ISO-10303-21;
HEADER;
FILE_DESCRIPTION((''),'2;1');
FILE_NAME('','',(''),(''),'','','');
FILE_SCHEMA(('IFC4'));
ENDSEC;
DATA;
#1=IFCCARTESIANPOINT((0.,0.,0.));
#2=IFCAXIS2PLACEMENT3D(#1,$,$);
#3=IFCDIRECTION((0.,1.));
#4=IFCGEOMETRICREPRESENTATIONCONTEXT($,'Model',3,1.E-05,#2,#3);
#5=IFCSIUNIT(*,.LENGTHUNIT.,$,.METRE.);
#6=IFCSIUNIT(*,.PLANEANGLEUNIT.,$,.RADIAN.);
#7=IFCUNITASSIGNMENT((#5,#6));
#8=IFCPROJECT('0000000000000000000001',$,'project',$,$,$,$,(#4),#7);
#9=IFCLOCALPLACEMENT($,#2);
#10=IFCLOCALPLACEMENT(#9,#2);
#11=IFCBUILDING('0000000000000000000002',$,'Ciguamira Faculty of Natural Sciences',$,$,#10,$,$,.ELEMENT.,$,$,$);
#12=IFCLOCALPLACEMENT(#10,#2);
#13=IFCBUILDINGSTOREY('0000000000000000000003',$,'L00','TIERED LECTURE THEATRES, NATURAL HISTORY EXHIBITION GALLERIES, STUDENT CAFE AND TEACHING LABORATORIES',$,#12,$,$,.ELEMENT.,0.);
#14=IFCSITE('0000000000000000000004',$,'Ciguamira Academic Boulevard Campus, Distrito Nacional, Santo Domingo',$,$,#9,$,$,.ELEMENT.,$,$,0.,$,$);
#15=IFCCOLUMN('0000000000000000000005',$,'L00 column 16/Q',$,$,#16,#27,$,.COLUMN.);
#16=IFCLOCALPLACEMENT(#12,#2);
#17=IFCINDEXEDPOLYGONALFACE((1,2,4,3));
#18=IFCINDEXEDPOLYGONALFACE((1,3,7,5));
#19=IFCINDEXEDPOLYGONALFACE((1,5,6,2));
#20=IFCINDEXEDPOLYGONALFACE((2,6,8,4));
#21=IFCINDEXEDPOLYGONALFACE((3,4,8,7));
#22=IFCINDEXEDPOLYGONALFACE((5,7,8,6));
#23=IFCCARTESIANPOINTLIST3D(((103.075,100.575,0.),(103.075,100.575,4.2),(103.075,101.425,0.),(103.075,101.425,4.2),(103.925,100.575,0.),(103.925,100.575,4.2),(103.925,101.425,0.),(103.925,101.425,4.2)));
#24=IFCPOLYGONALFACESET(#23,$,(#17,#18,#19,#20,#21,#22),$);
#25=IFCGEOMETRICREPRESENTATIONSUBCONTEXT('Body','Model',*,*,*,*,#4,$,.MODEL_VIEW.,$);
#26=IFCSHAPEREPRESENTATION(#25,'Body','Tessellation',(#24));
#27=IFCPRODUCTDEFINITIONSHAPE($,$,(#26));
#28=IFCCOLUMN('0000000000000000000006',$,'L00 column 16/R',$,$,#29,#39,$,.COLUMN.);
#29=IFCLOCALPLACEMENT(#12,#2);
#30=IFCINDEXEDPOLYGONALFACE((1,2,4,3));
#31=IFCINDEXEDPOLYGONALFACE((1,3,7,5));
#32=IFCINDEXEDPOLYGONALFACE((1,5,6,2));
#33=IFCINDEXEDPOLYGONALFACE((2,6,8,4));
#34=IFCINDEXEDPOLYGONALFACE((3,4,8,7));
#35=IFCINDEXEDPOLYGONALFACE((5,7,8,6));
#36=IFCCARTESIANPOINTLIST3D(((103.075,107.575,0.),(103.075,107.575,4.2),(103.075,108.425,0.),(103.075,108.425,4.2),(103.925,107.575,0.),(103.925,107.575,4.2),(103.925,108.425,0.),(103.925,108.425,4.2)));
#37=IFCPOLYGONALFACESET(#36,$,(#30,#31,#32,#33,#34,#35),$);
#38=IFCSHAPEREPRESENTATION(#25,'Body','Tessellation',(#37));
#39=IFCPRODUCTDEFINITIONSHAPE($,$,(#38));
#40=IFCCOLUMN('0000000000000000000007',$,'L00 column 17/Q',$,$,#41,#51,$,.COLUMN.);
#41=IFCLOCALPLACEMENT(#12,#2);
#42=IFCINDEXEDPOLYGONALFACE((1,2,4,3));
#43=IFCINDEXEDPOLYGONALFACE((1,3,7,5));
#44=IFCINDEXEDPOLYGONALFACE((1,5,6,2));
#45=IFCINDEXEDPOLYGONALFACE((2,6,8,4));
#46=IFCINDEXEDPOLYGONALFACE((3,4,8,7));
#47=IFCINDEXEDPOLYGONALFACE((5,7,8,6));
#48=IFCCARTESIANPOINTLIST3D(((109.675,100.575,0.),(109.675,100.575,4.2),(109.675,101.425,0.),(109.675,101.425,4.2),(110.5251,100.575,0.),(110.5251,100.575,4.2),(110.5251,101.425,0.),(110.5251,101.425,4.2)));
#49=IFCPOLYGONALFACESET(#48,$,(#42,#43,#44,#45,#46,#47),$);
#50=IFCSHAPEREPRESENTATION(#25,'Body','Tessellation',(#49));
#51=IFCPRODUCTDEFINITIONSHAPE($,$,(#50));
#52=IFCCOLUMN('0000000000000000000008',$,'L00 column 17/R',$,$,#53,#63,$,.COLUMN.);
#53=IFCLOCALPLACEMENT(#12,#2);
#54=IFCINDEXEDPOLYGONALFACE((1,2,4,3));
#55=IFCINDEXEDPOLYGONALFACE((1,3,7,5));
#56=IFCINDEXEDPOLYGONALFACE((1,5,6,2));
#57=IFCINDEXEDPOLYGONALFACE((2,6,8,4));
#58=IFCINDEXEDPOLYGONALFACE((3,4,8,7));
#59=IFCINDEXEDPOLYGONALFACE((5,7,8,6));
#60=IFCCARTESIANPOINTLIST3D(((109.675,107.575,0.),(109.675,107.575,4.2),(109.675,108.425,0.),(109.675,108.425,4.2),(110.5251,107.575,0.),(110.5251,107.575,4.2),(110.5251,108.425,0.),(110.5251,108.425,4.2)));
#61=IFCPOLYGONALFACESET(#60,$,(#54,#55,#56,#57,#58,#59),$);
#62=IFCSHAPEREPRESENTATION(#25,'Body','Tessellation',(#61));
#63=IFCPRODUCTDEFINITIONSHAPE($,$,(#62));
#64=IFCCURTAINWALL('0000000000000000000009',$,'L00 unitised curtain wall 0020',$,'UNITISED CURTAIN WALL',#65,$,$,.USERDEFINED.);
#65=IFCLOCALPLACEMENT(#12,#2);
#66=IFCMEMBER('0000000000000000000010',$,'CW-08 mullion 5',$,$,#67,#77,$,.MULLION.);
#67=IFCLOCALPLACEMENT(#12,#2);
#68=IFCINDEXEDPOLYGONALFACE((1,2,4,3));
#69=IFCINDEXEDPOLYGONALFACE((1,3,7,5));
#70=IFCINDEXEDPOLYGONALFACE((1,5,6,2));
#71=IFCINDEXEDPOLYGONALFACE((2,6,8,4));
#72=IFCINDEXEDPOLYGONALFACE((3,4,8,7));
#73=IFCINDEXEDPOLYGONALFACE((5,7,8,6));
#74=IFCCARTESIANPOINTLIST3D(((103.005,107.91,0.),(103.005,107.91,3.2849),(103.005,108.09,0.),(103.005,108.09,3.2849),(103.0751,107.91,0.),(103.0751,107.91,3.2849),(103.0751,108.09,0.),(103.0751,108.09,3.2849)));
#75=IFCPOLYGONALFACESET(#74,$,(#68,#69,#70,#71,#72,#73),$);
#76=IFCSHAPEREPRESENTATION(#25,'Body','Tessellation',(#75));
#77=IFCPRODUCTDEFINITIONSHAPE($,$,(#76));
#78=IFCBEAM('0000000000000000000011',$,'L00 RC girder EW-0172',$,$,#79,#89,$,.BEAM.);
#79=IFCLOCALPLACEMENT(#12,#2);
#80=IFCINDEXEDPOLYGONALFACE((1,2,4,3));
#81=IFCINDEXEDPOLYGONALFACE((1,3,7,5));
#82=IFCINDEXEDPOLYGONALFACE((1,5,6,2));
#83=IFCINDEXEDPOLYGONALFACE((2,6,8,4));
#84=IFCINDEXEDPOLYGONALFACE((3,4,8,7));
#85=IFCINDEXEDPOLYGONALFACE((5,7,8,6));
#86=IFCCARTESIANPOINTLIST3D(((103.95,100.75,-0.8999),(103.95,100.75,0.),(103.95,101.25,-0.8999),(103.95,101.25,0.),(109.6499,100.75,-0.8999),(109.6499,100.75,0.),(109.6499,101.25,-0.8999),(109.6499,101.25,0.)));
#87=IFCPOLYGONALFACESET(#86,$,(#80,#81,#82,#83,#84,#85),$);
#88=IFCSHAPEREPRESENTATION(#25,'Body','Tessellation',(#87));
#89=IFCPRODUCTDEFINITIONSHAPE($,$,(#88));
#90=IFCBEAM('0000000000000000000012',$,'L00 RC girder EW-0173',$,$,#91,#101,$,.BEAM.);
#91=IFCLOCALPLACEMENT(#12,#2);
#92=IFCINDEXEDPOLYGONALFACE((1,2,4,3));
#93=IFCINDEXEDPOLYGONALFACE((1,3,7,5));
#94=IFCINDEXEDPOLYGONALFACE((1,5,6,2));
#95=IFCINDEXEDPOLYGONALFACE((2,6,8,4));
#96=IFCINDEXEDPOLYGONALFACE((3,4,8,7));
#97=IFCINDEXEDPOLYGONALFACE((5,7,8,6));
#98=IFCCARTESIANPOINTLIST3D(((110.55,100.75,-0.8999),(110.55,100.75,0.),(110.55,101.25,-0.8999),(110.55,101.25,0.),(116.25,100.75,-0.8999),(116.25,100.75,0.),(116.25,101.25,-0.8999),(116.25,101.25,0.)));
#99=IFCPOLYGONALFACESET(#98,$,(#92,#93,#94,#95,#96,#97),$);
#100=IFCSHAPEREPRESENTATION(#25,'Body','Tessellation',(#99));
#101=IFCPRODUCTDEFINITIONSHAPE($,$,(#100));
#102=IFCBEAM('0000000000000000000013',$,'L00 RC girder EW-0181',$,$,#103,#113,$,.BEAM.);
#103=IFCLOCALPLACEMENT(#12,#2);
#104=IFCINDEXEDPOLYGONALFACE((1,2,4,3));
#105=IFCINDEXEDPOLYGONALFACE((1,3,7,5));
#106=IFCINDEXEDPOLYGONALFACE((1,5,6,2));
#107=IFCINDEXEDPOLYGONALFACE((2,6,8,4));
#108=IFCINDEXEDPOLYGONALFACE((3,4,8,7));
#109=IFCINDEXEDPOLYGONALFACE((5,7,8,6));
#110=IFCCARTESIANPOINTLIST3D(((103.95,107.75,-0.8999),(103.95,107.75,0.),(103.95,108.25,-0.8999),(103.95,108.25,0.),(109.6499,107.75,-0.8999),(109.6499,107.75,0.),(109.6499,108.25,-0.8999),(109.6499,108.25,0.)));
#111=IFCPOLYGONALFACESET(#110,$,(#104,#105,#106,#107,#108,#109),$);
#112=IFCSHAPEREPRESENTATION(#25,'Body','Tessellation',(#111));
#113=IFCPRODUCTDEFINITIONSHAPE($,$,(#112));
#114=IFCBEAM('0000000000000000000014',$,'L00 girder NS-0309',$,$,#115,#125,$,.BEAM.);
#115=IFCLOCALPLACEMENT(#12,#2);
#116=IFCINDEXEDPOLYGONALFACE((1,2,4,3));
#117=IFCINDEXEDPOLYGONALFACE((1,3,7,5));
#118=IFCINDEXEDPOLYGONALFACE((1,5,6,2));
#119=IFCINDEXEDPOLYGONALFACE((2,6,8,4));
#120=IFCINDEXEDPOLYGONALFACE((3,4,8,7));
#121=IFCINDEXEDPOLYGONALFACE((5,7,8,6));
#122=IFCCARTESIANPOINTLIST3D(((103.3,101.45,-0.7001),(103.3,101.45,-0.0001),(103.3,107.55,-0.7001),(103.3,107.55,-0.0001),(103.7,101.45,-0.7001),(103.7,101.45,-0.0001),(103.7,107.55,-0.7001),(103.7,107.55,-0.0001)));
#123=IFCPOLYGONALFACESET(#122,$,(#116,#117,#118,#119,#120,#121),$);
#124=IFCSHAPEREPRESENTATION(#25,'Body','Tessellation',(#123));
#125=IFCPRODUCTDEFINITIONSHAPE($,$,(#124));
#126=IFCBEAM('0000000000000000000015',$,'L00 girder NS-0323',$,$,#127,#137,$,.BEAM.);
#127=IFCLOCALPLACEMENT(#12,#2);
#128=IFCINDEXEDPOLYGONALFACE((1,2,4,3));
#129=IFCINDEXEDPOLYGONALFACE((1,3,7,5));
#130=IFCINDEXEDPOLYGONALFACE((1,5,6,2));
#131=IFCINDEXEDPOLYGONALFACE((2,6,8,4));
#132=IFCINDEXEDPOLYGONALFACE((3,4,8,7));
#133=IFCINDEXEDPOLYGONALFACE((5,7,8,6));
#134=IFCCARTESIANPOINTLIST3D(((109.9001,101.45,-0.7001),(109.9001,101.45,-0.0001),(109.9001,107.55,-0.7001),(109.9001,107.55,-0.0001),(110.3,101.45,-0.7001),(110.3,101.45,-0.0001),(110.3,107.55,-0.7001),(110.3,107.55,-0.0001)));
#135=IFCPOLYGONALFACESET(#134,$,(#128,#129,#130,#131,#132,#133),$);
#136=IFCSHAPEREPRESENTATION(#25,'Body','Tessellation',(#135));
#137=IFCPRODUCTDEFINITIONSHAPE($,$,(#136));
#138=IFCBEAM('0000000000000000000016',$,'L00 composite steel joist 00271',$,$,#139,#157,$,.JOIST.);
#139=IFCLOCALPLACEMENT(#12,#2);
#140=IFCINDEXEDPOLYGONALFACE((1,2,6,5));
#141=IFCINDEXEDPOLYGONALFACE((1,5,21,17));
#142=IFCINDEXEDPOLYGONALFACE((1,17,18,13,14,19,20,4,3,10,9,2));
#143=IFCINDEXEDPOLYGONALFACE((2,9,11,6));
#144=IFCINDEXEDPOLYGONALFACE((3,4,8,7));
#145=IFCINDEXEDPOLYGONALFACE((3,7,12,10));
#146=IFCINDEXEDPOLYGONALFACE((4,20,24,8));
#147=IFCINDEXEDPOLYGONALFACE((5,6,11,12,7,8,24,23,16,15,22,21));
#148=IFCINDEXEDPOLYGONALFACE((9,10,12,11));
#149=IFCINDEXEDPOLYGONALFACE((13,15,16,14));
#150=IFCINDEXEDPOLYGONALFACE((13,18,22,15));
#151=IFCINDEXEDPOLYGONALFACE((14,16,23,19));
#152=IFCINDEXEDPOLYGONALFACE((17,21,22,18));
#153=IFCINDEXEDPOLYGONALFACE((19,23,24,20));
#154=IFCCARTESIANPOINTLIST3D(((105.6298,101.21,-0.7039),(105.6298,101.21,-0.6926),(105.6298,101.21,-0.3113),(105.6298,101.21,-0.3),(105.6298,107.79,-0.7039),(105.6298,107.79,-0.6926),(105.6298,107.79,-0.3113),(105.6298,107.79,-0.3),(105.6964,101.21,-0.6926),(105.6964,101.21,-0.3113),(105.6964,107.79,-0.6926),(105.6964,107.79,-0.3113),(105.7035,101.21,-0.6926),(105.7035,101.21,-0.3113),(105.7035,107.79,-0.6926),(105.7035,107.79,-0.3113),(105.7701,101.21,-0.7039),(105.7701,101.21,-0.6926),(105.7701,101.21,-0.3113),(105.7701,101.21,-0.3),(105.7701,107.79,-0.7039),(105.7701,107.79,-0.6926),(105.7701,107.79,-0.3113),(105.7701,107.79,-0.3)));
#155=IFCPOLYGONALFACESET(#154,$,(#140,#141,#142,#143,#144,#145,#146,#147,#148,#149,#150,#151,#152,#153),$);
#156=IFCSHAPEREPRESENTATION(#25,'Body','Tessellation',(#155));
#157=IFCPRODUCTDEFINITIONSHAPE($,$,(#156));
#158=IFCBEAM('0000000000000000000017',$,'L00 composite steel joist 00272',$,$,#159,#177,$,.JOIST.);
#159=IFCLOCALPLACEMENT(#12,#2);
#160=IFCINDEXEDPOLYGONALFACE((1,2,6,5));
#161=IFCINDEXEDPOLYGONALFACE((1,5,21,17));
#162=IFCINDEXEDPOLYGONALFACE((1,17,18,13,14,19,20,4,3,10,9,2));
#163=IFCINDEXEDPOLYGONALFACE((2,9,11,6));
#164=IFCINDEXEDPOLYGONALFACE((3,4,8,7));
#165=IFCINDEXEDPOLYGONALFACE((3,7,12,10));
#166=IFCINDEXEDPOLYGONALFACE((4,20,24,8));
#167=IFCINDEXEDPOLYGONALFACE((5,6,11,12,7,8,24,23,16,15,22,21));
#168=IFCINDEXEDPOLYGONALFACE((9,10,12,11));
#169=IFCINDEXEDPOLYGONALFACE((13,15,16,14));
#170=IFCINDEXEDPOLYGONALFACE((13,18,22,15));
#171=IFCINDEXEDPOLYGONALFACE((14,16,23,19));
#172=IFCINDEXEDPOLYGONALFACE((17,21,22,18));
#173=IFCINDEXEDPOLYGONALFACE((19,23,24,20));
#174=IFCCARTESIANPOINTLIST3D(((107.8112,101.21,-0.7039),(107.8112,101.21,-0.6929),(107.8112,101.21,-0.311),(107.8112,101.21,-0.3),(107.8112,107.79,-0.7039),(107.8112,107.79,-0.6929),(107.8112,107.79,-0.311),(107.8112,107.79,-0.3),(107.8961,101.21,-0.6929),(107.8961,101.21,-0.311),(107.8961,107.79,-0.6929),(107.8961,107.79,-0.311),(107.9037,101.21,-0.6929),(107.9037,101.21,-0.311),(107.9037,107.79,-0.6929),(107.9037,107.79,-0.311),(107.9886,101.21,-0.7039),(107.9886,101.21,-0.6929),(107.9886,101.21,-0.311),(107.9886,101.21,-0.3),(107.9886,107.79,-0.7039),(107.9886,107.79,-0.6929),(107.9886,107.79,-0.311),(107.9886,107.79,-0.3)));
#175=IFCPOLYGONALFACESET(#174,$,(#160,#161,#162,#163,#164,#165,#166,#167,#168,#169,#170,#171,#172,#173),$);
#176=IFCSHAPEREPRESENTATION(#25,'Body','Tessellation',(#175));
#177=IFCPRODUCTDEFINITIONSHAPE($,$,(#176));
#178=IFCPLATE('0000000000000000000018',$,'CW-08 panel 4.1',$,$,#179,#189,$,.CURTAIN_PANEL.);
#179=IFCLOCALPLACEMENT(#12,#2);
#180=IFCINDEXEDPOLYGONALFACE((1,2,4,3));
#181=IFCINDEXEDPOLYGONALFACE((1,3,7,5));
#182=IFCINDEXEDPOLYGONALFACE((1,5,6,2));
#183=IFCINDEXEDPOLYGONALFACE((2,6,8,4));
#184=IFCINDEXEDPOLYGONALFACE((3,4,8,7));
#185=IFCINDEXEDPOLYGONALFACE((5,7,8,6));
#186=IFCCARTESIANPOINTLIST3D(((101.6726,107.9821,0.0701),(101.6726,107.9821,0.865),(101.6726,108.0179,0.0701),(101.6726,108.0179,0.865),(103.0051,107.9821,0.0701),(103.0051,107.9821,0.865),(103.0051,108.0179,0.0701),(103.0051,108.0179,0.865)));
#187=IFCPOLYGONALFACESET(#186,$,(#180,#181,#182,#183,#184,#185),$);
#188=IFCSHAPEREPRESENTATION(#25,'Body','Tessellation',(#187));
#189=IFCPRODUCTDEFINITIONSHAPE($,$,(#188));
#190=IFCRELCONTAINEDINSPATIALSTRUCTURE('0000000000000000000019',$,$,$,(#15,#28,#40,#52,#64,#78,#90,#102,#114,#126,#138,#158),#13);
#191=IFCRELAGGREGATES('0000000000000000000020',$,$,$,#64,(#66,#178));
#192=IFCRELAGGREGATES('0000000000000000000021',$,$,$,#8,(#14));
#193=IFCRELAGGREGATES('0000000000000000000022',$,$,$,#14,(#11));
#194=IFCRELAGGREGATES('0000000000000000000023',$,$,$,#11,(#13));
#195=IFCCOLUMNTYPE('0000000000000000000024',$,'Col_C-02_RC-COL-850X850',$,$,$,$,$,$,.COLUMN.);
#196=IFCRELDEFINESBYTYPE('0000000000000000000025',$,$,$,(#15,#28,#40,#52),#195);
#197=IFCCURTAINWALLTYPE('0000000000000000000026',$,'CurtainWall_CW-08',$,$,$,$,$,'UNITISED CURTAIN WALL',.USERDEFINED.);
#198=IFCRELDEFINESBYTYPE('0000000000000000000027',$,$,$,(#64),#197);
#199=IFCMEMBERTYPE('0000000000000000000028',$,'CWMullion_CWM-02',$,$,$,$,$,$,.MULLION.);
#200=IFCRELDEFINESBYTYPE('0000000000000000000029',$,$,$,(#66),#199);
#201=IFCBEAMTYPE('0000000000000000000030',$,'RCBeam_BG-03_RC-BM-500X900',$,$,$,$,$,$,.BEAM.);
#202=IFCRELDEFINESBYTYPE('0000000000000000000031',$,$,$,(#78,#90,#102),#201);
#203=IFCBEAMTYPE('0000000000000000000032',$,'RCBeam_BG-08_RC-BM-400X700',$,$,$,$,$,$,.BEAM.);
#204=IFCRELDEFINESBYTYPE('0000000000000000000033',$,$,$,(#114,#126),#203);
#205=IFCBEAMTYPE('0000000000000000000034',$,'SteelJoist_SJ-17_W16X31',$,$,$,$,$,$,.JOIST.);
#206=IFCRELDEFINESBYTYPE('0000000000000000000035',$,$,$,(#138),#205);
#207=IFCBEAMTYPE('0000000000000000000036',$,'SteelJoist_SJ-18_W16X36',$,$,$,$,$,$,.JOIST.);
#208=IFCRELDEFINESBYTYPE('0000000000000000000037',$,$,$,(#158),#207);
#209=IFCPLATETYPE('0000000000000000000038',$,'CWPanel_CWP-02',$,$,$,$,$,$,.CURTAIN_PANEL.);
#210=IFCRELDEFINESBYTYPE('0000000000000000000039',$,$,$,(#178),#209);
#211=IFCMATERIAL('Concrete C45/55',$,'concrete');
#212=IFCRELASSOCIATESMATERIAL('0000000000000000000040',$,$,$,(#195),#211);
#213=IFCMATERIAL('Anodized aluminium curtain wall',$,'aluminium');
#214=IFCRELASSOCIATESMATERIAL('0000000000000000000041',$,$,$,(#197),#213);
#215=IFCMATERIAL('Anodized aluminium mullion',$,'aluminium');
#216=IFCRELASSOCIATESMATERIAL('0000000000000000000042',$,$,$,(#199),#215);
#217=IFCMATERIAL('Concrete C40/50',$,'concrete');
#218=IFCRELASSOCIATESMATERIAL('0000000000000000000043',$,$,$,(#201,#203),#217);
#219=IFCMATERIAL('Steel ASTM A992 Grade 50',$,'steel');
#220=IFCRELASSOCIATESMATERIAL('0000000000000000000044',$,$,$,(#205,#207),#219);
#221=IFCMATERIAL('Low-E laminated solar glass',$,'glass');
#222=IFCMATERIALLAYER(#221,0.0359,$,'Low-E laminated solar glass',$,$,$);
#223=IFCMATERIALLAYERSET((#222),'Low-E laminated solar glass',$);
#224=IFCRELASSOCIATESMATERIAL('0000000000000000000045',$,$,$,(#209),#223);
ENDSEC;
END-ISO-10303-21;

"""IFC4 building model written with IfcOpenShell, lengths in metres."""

from ifc_helpers import new_model, si_unit, direction, frame, origin, origin_2d, place, context, subcontext, project, spatial, rectangle, i_section, extrude, material, layer, layer_set, material_profile, profile_set, type_object, element, aggregate, save


model = new_model("IFC4")

# Units and contexts
model_context = context("Model", 3, precision=1e-05, world=origin(), true_north=direction((0.0, 1.0)))
body_context = subcontext(model_context, "Body", "Model", "MODEL_VIEW")
ifc_project = project(units=[si_unit("LENGTHUNIT", "METRE"), si_unit("PLANEANGLEUNIT", "RADIAN")], contexts=[model_context])

# Site, building, storey
site_placement = place(None, origin())
site = spatial("IfcSite", under=ifc_project, at=site_placement, Name="Ciguamira Academic Boulevard Campus, Distrito Nacional, Santo Domingo", CompositionType="ELEMENT", RefElevation=0.0)
building_placement = place(site_placement, origin())
building = spatial("IfcBuilding", under=site, at=building_placement, Name="Ciguamira Faculty of Natural Sciences", CompositionType="ELEMENT")
storey_placement = place(building_placement, origin())
storey = spatial("IfcBuildingStorey", under=building, at=storey_placement, Name="L00", Description="TIERED LECTURE THEATRES, NATURAL HISTORY EXHIBITION GALLERIES, STUDENT CAFE AND TEACHING LABORATORIES", CompositionType="ELEMENT", Elevation=0.0)

# Columns
ifc_material_1 = material(Name="Concrete C45/55", Category="concrete")
ifc_material_profile_1 = material_profile(ifc_material_1, rectangle(XDim=0.8501, YDim=0.8501, at=origin_2d()), Name="RC-COL-850X850")
ifc_profile_set_1 = profile_set([ifc_material_profile_1], Name="Concrete C45/55")
column_type = type_object("IfcColumnType", Name="Col_C-02_RC-COL-850X850", PredefinedType="COLUMN", material=ifc_profile_set_1)
for number, where, z_axis, x_axis, name in (
    (1, (103.5, 101.0, 0.0), (0.0, 0.0, 1.0), (1.0, 0.0, 0.0), "L00 column 16/Q"),
    (2, (103.5, 108.0, 0.0), (0.0, 0.0, 1.0), (1.0, 0.0, 0.0), "L00 column 16/R"),
    (3, (110.1001, 101.0, 0.0), (0.0, 0.0, 1.0), (1.0, 0.0, 0.0), "L00 column 17/Q"),
    (4, (110.1001, 108.0, 0.0), (0.0, 0.0, 1.0), (1.0, 0.0, 0.0), "L00 column 17/R"),
):
    element("IfcColumn", number, at=place(storey_placement, frame(where, z_axis=z_axis, x_axis=x_axis)), inside=storey, type_object=column_type, Name=name, PredefinedType="COLUMN", context=body_context, shape_type="SweptSolid", body=[
        extrude(rectangle(XDim=0.8501, YDim=0.8501, at=origin_2d()), origin(), (0.0, 0.0, 1.0), 4.2),
    ])

# Curtain wall, member
ifc_material_2 = material(Name="Anodized aluminium curtain wall", Category="aluminium")
curtain_wall_type = type_object("IfcCurtainWallType", Name="CurtainWall_CW-08", ElementType="UNITISED CURTAIN WALL", PredefinedType="USERDEFINED", material=ifc_material_2)
curtain_wall_placement = place(storey_placement, origin())
curtain_wall = element("IfcCurtainWall", 5, at=curtain_wall_placement, inside=storey, type_object=curtain_wall_type, Name="L00 unitised curtain wall 0020", ObjectType="UNITISED CURTAIN WALL", PredefinedType="USERDEFINED")
ifc_material_3 = material(Name="Anodized aluminium mullion", Category="aluminium")
ifc_material_profile_2 = material_profile(ifc_material_3, rectangle(XDim=0.0701, YDim=0.1799, at=origin_2d()), Name="ALU-MUL-70X180")
ifc_profile_set_2 = profile_set([ifc_material_profile_2], Name="Anodized aluminium mullion")
member_type = type_object("IfcMemberType", Name="CWMullion_CWM-02", PredefinedType="MULLION", material=ifc_profile_set_2)
member_placement = place(storey_placement, frame((103.04, 108.0, 0.0), z_axis=(0.0, 0.0, 1.0), x_axis=(1.0, 0.0, 0.0)))
member = element("IfcMember", 6, at=member_placement, type_object=member_type, Name="CW-08 mullion 5", PredefinedType="MULLION", context=body_context, shape_type="SweptSolid", body=[
    extrude(rectangle(XDim=0.0701, YDim=0.1799, at=origin_2d()), origin(), (0.0, 0.0, 1.0), 3.2849),
])

# Beams
ifc_material_4 = material(Name="Concrete C40/50", Category="concrete")
ifc_material_profile_3 = material_profile(ifc_material_4, rectangle(XDim=0.5, YDim=0.8999, at=origin_2d()), Name="RC-BM-500X900")
ifc_profile_set_3 = profile_set([ifc_material_profile_3], Name="Concrete C40/50")
beam_type_1 = type_object("IfcBeamType", Name="RCBeam_BG-03_RC-BM-500X900", PredefinedType="BEAM", material=ifc_profile_set_3)
for number, where, z_axis, x_axis, name in (
    (7, (103.95, 101.0, -0.45), (1.0, 0.0, 0.0), (0.0, 1.0, 0.0), "L00 RC girder EW-0172"),
    (8, (110.55, 101.0, -0.45), (1.0, 0.0, 0.0), (0.0, 1.0, 0.0), "L00 RC girder EW-0173"),
    (9, (103.95, 108.0, -0.45), (1.0, 0.0, 0.0), (0.0, 1.0, 0.0), "L00 RC girder EW-0181"),
):
    element("IfcBeam", number, at=place(storey_placement, frame(where, z_axis=z_axis, x_axis=x_axis)), inside=storey, type_object=beam_type_1, Name=name, PredefinedType="BEAM", context=body_context, shape_type="SweptSolid", body=[
        extrude(rectangle(XDim=0.5, YDim=0.8999, at=origin_2d()), origin(), (0.0, 0.0, 1.0), 5.7),
    ])
ifc_material_profile_4 = material_profile(ifc_material_4, rectangle(XDim=0.3999, YDim=0.7, at=origin_2d()), Name="RC-BM-400X700")
ifc_profile_set_4 = profile_set([ifc_material_profile_4], Name="Concrete C40/50")
beam_type_2 = type_object("IfcBeamType", Name="RCBeam_BG-08_RC-BM-400X700", PredefinedType="BEAM", material=ifc_profile_set_4)
for number, where, z_axis, x_axis, name in (
    (10, (103.5, 101.45, -0.3501), (0.0, 1.0, 0.0), (-1.0, 0.0, 0.0), "L00 girder NS-0309"),
    (11, (110.1001, 101.45, -0.3501), (0.0, 1.0, 0.0), (-1.0, 0.0, 0.0), "L00 girder NS-0323"),
):
    element("IfcBeam", number, at=place(storey_placement, frame(where, z_axis=z_axis, x_axis=x_axis)), inside=storey, type_object=beam_type_2, Name=name, PredefinedType="BEAM", context=body_context, shape_type="SweptSolid", body=[
        extrude(rectangle(XDim=0.3999, YDim=0.7, at=origin_2d()), origin(), (0.0, 0.0, 1.0), 6.1001),
    ])
ifc_material_5 = material(Name="Steel ASTM A992 Grade 50", Category="steel")
ifc_material_profile_5 = material_profile(ifc_material_5, i_section(OverallWidth=0.1404, OverallDepth=0.4038, WebThickness=0.0071, FlangeThickness=0.0112, at=origin_2d()), Name="W16X31")
ifc_profile_set_5 = profile_set([ifc_material_profile_5], Name="Steel ASTM A992 Grade 50")
beam_type_3 = type_object("IfcBeamType", Name="SteelJoist_SJ-17_W16X31", PredefinedType="JOIST", material=ifc_profile_set_5)
beam_1_placement = place(storey_placement, frame((105.7, 101.21, -0.502), z_axis=(0.0, 1.0, 0.0), x_axis=(-1.0, 0.0, 0.0)))
element("IfcBeam", 12, at=beam_1_placement, inside=storey, type_object=beam_type_3, Name="L00 composite steel joist 00271", PredefinedType="JOIST", context=body_context, shape_type="SweptSolid", body=[
    extrude(i_section(OverallWidth=0.1404, OverallDepth=0.4038, WebThickness=0.0071, FlangeThickness=0.0112, at=origin_2d()), origin(), (0.0, 0.0, 1.0), 6.5801),
])
ifc_material_profile_6 = material_profile(ifc_material_5, i_section(OverallWidth=0.1775, OverallDepth=0.4038, WebThickness=0.0076, FlangeThickness=0.011, at=origin_2d()), Name="W16X36")
ifc_profile_set_6 = profile_set([ifc_material_profile_6], Name="Steel ASTM A992 Grade 50")
beam_type_4 = type_object("IfcBeamType", Name="SteelJoist_SJ-18_W16X36", PredefinedType="JOIST", material=ifc_profile_set_6)
beam_2_placement = place(storey_placement, frame((107.8999, 101.21, -0.502), z_axis=(0.0, 1.0, 0.0), x_axis=(-1.0, 0.0, 0.0)))
element("IfcBeam", 13, at=beam_2_placement, inside=storey, type_object=beam_type_4, Name="L00 composite steel joist 00272", PredefinedType="JOIST", context=body_context, shape_type="SweptSolid", body=[
    extrude(i_section(OverallWidth=0.1775, OverallDepth=0.4038, WebThickness=0.0076, FlangeThickness=0.011, at=origin_2d()), origin(), (0.0, 0.0, 1.0), 6.5801),
])

# Plate
ifc_material_6 = material(Name="Low-E laminated solar glass", Category="glass")
ifc_layer_1 = layer(ifc_material_6, 0.0359, Name="Low-E laminated solar glass")
ifc_layer_set_1 = layer_set([ifc_layer_1], Name="Low-E laminated solar glass")
plate_type = type_object("IfcPlateType", Name="CWPanel_CWP-02", PredefinedType="CURTAIN_PANEL", material=ifc_layer_set_1)
plate_1_placement = place(storey_placement, frame((102.3389, 108.0, 0.0701), z_axis=(0.0, 0.0, 1.0), x_axis=(1.0, 0.0, 0.0)))
plate_1 = element("IfcPlate", 14, at=plate_1_placement, type_object=plate_type, Name="CW-08 panel 4.1", PredefinedType="CURTAIN_PANEL", context=body_context, shape_type="SweptSolid", body=[
    extrude(rectangle(XDim=1.3325, YDim=0.0359, at=origin_2d()), origin(), (0.0, 0.0, 1.0), 0.7949),
])
aggregate(curtain_wall, [member, plate_1])

save(model, "model.ifc")
